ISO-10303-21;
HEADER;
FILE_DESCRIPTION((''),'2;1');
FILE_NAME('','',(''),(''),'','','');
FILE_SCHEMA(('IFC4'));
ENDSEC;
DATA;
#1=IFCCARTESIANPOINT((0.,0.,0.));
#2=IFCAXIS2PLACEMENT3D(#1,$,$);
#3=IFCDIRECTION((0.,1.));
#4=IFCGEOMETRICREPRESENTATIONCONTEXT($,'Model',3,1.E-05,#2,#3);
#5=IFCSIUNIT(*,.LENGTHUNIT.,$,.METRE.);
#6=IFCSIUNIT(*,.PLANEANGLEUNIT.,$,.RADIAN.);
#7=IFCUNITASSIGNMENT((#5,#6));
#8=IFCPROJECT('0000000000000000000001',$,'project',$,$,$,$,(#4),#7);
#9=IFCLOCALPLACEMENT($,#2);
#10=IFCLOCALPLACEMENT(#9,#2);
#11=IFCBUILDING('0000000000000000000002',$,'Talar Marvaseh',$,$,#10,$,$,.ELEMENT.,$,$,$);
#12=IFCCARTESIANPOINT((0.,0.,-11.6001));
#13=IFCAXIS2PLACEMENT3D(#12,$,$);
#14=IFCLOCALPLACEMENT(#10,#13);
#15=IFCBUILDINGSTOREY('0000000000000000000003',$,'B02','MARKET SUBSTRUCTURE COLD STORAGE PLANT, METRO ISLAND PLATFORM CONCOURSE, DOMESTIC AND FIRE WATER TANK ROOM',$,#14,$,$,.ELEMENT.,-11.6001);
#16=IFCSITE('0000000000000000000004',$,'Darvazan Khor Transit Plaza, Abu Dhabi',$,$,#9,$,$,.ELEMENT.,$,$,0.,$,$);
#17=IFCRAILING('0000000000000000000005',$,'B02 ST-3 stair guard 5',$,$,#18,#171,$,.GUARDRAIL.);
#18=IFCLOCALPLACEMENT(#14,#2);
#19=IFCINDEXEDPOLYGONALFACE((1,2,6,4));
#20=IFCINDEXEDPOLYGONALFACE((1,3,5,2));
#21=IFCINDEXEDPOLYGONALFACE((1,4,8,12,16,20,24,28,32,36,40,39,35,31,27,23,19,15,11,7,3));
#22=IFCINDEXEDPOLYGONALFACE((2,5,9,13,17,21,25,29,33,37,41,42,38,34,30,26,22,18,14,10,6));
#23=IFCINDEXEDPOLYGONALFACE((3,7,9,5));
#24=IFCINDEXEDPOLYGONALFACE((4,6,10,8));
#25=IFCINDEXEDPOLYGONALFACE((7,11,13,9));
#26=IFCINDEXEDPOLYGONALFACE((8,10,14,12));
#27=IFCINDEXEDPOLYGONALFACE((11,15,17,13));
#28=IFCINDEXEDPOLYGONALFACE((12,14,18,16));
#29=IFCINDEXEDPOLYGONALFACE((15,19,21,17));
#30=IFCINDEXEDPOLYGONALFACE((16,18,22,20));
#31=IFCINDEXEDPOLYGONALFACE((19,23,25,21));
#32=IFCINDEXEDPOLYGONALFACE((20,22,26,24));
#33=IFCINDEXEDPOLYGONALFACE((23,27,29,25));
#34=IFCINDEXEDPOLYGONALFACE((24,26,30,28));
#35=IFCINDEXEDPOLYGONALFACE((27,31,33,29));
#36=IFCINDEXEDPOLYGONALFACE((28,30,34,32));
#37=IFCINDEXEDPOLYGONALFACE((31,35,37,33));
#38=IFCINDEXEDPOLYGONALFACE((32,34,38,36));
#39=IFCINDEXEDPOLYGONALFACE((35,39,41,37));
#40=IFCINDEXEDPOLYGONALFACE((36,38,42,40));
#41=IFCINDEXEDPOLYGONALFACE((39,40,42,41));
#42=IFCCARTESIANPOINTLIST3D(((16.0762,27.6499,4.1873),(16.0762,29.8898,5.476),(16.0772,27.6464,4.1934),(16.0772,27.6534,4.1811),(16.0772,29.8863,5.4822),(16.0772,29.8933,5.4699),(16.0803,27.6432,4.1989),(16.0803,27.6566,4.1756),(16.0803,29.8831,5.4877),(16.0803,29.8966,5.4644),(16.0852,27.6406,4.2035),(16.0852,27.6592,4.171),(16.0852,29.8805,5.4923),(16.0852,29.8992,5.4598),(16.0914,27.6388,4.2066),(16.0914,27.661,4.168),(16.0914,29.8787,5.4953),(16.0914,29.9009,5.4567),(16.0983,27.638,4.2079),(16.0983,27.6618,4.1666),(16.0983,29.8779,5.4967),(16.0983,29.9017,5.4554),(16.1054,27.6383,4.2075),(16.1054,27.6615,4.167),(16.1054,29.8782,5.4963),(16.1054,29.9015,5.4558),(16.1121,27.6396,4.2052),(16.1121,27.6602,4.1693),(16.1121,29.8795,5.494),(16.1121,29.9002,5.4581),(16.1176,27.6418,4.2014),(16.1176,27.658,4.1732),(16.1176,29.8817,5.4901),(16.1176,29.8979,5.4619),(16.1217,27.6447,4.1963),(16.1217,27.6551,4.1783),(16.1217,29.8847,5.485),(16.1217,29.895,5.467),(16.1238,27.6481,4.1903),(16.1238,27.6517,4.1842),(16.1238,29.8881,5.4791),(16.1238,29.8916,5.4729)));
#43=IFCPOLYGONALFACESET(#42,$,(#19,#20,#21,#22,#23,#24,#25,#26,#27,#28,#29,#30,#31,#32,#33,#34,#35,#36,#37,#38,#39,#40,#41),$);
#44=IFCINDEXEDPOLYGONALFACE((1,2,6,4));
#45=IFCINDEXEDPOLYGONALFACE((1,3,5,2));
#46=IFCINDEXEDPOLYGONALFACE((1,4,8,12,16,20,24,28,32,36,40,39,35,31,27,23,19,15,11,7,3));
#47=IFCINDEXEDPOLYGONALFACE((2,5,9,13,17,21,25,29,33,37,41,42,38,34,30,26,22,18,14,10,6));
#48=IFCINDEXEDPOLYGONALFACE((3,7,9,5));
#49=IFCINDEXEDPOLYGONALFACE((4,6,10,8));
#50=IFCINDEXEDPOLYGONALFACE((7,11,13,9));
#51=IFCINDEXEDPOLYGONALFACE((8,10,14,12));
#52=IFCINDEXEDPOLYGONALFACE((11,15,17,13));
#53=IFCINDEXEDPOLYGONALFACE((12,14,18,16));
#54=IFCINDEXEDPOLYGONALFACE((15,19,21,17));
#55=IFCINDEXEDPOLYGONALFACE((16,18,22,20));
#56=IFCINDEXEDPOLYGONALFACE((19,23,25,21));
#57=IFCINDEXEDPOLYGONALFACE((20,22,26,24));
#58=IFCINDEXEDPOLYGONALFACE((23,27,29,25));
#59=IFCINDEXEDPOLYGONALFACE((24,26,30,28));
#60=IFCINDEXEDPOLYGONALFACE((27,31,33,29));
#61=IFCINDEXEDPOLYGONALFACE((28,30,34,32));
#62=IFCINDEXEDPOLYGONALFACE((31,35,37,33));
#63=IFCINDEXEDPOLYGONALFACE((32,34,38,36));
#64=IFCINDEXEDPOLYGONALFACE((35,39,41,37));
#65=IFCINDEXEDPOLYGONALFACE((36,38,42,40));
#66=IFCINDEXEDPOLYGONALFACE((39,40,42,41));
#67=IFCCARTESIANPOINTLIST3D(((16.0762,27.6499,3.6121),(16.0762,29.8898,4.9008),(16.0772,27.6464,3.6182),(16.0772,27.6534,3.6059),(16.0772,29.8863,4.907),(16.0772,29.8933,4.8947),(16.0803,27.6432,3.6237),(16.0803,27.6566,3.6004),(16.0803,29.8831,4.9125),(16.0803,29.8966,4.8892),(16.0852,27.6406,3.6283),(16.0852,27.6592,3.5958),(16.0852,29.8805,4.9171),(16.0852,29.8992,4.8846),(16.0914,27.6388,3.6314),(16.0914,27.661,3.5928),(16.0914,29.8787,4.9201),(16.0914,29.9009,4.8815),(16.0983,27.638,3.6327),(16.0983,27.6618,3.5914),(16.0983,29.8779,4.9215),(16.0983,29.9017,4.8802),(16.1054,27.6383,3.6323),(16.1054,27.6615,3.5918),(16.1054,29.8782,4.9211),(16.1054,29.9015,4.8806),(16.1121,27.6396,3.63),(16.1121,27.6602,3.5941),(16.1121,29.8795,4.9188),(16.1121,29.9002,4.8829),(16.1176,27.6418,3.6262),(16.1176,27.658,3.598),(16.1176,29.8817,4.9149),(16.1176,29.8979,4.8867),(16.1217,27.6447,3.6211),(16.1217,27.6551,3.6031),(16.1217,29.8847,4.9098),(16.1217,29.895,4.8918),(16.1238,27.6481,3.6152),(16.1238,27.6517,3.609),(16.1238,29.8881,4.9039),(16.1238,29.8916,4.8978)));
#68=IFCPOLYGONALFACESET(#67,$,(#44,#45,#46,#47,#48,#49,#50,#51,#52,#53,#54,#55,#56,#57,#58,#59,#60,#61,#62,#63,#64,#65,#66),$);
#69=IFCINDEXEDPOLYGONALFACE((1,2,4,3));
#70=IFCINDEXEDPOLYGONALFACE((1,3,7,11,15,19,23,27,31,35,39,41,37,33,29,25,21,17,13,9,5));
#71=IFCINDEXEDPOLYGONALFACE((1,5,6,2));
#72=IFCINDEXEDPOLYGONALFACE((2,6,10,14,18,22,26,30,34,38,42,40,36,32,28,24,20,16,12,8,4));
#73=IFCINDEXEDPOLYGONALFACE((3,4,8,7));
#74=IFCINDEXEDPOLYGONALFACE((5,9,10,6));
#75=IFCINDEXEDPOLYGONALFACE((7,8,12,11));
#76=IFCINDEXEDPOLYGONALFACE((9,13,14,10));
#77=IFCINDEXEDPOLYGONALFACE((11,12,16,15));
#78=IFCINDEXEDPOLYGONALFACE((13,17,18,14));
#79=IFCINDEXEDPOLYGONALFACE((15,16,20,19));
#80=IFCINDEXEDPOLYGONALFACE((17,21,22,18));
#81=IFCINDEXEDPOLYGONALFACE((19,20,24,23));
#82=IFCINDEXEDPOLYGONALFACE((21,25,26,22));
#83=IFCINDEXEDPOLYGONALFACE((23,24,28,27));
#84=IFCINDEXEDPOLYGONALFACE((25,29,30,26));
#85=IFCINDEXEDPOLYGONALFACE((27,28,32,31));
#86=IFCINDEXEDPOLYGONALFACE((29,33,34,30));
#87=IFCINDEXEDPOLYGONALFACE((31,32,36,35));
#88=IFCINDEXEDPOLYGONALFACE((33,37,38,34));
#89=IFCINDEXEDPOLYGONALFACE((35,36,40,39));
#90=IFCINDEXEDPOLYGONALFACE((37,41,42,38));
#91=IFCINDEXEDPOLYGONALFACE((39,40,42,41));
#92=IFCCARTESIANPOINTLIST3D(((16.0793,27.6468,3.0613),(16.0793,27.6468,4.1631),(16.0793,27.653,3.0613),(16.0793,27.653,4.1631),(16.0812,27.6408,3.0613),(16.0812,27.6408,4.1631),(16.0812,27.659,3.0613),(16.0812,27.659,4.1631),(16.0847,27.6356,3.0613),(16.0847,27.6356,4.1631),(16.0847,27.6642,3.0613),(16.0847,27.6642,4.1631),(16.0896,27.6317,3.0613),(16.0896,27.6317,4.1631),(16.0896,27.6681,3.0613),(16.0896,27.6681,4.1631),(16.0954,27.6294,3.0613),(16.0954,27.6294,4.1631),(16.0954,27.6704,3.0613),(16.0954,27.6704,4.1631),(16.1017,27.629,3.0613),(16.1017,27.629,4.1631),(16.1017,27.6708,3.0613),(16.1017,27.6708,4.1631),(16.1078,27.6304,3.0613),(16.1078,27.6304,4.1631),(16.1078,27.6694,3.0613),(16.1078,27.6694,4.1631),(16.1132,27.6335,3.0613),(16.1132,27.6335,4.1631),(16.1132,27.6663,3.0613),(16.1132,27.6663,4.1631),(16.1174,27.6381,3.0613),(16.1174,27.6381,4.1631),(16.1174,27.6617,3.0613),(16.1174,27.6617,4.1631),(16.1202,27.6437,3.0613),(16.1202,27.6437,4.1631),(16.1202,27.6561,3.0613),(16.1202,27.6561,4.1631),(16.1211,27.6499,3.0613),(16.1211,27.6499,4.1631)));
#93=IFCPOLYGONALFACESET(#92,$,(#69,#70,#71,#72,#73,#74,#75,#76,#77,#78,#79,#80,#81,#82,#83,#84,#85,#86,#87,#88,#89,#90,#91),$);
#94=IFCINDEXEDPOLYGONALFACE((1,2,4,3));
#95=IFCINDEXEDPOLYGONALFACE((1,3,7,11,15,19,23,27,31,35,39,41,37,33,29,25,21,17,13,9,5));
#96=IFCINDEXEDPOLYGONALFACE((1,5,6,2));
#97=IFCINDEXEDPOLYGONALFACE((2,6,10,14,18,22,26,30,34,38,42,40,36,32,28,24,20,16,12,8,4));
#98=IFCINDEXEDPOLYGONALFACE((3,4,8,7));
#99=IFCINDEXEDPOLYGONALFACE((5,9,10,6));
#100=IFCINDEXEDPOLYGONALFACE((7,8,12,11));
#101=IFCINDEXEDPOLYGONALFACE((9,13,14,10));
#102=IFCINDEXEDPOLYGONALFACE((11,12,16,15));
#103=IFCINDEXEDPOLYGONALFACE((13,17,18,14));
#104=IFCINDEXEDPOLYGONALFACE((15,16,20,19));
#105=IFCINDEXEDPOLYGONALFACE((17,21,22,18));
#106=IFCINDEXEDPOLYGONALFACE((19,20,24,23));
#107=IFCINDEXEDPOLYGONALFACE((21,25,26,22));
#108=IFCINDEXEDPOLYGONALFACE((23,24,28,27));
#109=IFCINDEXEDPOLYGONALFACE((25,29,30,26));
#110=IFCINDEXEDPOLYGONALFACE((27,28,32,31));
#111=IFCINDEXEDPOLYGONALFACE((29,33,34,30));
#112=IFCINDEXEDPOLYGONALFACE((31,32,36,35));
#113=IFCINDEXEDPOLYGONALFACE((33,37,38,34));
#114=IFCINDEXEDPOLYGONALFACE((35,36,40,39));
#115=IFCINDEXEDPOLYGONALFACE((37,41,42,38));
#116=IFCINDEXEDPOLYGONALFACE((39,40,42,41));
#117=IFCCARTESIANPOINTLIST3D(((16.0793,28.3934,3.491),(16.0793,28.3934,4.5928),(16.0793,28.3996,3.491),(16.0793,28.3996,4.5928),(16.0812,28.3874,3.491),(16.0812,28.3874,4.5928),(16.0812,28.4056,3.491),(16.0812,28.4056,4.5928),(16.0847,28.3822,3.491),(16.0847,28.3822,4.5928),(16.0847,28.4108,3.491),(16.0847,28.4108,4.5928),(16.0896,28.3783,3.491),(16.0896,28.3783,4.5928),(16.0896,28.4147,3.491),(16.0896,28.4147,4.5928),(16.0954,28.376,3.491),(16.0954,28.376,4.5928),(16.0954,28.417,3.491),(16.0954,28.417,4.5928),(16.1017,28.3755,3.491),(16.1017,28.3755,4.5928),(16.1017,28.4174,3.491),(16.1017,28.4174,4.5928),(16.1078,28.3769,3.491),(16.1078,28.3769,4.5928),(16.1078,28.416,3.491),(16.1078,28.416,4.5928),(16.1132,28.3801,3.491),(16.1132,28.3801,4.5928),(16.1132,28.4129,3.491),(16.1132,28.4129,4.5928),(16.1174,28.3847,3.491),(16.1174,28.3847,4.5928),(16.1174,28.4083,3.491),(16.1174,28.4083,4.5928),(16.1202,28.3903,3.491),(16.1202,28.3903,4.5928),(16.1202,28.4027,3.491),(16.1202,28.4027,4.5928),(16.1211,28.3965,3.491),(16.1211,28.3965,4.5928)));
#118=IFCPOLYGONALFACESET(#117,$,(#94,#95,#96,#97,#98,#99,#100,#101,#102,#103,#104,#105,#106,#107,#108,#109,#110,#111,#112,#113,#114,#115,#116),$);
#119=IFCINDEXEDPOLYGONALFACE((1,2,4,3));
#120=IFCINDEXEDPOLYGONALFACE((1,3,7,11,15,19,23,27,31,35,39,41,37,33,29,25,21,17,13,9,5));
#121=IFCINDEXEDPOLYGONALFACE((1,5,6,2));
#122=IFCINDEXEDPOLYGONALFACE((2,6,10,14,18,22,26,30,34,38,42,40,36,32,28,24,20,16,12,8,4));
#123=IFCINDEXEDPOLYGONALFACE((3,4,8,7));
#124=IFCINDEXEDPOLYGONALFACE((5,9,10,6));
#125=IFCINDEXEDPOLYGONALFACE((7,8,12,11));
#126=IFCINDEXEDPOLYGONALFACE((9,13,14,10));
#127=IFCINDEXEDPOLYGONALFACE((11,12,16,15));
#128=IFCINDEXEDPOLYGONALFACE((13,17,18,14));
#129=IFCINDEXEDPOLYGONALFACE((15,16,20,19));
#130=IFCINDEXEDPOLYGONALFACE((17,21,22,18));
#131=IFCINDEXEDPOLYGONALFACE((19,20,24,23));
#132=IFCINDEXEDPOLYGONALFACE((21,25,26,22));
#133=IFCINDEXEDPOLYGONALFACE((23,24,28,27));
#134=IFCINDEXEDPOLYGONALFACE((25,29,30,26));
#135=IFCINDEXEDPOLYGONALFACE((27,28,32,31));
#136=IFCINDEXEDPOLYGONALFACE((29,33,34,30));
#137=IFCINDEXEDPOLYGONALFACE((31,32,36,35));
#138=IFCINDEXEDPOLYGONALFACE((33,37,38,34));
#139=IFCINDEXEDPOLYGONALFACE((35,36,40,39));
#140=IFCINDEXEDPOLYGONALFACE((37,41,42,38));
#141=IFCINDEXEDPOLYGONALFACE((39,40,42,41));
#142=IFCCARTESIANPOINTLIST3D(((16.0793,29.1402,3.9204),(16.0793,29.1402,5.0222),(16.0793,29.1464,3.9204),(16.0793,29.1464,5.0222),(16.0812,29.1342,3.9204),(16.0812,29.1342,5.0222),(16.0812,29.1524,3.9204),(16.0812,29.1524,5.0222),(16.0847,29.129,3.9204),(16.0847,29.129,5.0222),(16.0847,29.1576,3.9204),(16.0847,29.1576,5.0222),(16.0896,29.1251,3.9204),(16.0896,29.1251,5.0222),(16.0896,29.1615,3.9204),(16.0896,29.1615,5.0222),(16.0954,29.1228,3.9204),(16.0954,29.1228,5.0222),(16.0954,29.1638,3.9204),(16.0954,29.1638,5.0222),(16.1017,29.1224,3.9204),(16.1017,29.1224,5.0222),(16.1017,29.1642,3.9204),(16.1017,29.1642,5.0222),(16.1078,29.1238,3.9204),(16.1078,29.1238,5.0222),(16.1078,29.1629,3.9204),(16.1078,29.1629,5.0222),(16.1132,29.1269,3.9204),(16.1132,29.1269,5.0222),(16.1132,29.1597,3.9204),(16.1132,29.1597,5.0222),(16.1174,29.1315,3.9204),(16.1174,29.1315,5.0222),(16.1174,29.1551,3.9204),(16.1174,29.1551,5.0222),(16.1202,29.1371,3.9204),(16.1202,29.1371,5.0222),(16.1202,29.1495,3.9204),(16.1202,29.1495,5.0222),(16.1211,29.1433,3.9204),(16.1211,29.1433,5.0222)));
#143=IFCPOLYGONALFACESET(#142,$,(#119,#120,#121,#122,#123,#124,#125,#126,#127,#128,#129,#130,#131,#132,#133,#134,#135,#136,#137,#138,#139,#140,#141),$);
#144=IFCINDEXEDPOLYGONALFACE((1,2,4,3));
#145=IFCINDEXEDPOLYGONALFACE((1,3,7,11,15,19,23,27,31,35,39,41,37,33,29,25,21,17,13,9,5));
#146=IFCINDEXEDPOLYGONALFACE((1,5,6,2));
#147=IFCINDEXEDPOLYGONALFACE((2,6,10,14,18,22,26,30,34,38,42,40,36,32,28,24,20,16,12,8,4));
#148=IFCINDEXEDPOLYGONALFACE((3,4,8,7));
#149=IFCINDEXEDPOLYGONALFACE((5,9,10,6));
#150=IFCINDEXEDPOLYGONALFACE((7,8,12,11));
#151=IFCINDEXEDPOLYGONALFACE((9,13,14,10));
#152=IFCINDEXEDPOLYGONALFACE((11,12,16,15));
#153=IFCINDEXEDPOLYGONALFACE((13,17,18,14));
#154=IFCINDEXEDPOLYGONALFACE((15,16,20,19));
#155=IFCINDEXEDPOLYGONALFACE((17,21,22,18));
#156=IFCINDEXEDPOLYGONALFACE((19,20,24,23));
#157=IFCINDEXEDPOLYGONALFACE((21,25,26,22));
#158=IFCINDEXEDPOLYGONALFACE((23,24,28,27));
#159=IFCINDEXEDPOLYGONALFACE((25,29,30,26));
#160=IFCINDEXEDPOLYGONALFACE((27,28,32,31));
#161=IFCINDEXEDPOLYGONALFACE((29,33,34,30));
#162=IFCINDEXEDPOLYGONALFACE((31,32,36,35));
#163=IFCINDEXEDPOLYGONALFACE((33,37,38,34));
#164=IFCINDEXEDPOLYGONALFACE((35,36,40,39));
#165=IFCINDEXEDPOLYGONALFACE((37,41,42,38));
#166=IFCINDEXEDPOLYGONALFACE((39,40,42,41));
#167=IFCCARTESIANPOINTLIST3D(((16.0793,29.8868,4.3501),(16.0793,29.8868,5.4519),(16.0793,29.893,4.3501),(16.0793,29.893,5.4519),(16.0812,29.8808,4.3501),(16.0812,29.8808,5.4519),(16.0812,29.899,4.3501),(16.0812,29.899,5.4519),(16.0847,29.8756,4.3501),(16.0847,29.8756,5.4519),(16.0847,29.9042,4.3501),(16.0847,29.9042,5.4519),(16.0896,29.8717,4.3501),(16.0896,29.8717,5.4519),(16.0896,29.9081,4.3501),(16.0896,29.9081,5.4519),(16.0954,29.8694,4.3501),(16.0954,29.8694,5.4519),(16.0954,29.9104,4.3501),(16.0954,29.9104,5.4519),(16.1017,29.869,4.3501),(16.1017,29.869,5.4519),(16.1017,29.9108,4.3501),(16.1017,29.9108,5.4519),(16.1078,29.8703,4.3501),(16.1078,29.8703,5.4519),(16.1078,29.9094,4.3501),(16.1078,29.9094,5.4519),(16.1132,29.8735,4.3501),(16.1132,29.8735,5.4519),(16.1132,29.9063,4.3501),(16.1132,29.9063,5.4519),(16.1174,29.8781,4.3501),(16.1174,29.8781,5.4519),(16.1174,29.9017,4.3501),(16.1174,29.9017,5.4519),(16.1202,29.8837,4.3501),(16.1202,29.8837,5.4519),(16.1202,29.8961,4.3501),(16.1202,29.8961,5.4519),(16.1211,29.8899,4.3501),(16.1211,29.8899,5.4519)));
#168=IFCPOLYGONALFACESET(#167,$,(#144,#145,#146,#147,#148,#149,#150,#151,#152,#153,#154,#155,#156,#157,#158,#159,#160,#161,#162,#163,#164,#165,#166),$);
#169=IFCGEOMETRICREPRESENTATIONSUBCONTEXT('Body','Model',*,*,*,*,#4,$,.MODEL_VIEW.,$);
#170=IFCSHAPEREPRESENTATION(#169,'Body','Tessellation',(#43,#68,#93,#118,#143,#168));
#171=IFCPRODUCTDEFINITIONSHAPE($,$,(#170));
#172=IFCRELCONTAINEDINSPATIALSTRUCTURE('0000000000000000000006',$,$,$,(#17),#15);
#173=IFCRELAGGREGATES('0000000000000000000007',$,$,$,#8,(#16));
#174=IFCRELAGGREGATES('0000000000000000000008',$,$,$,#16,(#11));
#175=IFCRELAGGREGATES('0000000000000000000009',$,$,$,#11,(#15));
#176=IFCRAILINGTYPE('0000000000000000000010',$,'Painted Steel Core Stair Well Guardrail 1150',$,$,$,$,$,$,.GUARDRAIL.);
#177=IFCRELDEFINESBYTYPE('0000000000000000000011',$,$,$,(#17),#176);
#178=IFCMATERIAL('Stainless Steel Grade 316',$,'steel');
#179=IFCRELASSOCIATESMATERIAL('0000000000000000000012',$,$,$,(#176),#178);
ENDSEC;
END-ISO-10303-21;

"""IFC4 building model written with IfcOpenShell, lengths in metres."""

from ifc_helpers import new_model, si_unit, direction, frame, origin, origin_2d, place, context, subcontext, project, spatial, circle, extrude, material, type_object, element, save


model = new_model("IFC4")

# Units and contexts
model_context = context("Model", 3, precision=1e-05, world=origin(), true_north=direction((0.0, 1.0)))
body_context = subcontext(model_context, "Body", "Model", "MODEL_VIEW")
ifc_project = project(units=[si_unit("LENGTHUNIT", "METRE"), si_unit("PLANEANGLEUNIT", "RADIAN")], contexts=[model_context])

# Site, building, storey
site_placement = place(None, origin())
site = spatial("IfcSite", under=ifc_project, at=site_placement, Name="Darvazan Khor Transit Plaza, Abu Dhabi", CompositionType="ELEMENT", RefElevation=0.0)
building_placement = place(site_placement, origin())
building = spatial("IfcBuilding", under=site, at=building_placement, Name="Talar Marvaseh", CompositionType="ELEMENT")
storey_placement = place(building_placement, frame((0.0, 0.0, -11.6001)))
storey = spatial("IfcBuildingStorey", under=building, at=storey_placement, Name="B02", Description="MARKET SUBSTRUCTURE COLD STORAGE PLANT, METRO ISLAND PLATFORM CONCOURSE, DOMESTIC AND FIRE WATER TANK ROOM", CompositionType="ELEMENT", Elevation=-11.6001)

# Railing
ifc_material_1 = material(Name="Stainless Steel Grade 316", Category="steel")
railing_type = type_object("IfcRailingType", Name="Painted Steel Core Stair Well Guardrail 1150", PredefinedType="GUARDRAIL", material=ifc_material_1)
railing_1_placement = place(storey_placement, frame((16.1001, 27.6499, 3.0613)))
element("IfcRailing", 1, at=railing_1_placement, inside=storey, type_object=railing_type, Name="B02 ST-3 stair guard 5", PredefinedType="GUARDRAIL", context=body_context, shape_type="SweptSolid", body=[
    extrude(circle(Radius=0.0239, at=origin_2d()), frame((0.0, 0.0, 1.126), z_axis=(0.0, 0.866768, 0.498711), x_axis=(-1.0, 0.0, 0.0)), (0.0, 0.0, 1.0), 2.5842),
    extrude(circle(Radius=0.0239, at=origin_2d()), frame((0.0, 0.0, 0.5508), z_axis=(0.0, 0.866768, 0.498711), x_axis=(-1.0, 0.0, 0.0)), (0.0, 0.0, 1.0), 2.5842),
    extrude(circle(Radius=0.021, at=origin_2d()), origin(), (0.0, 0.0, 1.0), 1.1018),
    extrude(circle(Radius=0.021, at=origin_2d()), frame((0.0, 0.7466, 0.4297)), (0.0, 0.0, 1.0), 1.1018),
    extrude(circle(Radius=0.021, at=origin_2d()), frame((0.0, 1.4934, 0.8591)), (0.0, 0.0, 1.0), 1.1018),
    extrude(circle(Radius=0.021, at=origin_2d()), frame((0.0, 2.24, 1.2888)), (0.0, 0.0, 1.0), 1.1018),
])

save(model, "model.ifc")
